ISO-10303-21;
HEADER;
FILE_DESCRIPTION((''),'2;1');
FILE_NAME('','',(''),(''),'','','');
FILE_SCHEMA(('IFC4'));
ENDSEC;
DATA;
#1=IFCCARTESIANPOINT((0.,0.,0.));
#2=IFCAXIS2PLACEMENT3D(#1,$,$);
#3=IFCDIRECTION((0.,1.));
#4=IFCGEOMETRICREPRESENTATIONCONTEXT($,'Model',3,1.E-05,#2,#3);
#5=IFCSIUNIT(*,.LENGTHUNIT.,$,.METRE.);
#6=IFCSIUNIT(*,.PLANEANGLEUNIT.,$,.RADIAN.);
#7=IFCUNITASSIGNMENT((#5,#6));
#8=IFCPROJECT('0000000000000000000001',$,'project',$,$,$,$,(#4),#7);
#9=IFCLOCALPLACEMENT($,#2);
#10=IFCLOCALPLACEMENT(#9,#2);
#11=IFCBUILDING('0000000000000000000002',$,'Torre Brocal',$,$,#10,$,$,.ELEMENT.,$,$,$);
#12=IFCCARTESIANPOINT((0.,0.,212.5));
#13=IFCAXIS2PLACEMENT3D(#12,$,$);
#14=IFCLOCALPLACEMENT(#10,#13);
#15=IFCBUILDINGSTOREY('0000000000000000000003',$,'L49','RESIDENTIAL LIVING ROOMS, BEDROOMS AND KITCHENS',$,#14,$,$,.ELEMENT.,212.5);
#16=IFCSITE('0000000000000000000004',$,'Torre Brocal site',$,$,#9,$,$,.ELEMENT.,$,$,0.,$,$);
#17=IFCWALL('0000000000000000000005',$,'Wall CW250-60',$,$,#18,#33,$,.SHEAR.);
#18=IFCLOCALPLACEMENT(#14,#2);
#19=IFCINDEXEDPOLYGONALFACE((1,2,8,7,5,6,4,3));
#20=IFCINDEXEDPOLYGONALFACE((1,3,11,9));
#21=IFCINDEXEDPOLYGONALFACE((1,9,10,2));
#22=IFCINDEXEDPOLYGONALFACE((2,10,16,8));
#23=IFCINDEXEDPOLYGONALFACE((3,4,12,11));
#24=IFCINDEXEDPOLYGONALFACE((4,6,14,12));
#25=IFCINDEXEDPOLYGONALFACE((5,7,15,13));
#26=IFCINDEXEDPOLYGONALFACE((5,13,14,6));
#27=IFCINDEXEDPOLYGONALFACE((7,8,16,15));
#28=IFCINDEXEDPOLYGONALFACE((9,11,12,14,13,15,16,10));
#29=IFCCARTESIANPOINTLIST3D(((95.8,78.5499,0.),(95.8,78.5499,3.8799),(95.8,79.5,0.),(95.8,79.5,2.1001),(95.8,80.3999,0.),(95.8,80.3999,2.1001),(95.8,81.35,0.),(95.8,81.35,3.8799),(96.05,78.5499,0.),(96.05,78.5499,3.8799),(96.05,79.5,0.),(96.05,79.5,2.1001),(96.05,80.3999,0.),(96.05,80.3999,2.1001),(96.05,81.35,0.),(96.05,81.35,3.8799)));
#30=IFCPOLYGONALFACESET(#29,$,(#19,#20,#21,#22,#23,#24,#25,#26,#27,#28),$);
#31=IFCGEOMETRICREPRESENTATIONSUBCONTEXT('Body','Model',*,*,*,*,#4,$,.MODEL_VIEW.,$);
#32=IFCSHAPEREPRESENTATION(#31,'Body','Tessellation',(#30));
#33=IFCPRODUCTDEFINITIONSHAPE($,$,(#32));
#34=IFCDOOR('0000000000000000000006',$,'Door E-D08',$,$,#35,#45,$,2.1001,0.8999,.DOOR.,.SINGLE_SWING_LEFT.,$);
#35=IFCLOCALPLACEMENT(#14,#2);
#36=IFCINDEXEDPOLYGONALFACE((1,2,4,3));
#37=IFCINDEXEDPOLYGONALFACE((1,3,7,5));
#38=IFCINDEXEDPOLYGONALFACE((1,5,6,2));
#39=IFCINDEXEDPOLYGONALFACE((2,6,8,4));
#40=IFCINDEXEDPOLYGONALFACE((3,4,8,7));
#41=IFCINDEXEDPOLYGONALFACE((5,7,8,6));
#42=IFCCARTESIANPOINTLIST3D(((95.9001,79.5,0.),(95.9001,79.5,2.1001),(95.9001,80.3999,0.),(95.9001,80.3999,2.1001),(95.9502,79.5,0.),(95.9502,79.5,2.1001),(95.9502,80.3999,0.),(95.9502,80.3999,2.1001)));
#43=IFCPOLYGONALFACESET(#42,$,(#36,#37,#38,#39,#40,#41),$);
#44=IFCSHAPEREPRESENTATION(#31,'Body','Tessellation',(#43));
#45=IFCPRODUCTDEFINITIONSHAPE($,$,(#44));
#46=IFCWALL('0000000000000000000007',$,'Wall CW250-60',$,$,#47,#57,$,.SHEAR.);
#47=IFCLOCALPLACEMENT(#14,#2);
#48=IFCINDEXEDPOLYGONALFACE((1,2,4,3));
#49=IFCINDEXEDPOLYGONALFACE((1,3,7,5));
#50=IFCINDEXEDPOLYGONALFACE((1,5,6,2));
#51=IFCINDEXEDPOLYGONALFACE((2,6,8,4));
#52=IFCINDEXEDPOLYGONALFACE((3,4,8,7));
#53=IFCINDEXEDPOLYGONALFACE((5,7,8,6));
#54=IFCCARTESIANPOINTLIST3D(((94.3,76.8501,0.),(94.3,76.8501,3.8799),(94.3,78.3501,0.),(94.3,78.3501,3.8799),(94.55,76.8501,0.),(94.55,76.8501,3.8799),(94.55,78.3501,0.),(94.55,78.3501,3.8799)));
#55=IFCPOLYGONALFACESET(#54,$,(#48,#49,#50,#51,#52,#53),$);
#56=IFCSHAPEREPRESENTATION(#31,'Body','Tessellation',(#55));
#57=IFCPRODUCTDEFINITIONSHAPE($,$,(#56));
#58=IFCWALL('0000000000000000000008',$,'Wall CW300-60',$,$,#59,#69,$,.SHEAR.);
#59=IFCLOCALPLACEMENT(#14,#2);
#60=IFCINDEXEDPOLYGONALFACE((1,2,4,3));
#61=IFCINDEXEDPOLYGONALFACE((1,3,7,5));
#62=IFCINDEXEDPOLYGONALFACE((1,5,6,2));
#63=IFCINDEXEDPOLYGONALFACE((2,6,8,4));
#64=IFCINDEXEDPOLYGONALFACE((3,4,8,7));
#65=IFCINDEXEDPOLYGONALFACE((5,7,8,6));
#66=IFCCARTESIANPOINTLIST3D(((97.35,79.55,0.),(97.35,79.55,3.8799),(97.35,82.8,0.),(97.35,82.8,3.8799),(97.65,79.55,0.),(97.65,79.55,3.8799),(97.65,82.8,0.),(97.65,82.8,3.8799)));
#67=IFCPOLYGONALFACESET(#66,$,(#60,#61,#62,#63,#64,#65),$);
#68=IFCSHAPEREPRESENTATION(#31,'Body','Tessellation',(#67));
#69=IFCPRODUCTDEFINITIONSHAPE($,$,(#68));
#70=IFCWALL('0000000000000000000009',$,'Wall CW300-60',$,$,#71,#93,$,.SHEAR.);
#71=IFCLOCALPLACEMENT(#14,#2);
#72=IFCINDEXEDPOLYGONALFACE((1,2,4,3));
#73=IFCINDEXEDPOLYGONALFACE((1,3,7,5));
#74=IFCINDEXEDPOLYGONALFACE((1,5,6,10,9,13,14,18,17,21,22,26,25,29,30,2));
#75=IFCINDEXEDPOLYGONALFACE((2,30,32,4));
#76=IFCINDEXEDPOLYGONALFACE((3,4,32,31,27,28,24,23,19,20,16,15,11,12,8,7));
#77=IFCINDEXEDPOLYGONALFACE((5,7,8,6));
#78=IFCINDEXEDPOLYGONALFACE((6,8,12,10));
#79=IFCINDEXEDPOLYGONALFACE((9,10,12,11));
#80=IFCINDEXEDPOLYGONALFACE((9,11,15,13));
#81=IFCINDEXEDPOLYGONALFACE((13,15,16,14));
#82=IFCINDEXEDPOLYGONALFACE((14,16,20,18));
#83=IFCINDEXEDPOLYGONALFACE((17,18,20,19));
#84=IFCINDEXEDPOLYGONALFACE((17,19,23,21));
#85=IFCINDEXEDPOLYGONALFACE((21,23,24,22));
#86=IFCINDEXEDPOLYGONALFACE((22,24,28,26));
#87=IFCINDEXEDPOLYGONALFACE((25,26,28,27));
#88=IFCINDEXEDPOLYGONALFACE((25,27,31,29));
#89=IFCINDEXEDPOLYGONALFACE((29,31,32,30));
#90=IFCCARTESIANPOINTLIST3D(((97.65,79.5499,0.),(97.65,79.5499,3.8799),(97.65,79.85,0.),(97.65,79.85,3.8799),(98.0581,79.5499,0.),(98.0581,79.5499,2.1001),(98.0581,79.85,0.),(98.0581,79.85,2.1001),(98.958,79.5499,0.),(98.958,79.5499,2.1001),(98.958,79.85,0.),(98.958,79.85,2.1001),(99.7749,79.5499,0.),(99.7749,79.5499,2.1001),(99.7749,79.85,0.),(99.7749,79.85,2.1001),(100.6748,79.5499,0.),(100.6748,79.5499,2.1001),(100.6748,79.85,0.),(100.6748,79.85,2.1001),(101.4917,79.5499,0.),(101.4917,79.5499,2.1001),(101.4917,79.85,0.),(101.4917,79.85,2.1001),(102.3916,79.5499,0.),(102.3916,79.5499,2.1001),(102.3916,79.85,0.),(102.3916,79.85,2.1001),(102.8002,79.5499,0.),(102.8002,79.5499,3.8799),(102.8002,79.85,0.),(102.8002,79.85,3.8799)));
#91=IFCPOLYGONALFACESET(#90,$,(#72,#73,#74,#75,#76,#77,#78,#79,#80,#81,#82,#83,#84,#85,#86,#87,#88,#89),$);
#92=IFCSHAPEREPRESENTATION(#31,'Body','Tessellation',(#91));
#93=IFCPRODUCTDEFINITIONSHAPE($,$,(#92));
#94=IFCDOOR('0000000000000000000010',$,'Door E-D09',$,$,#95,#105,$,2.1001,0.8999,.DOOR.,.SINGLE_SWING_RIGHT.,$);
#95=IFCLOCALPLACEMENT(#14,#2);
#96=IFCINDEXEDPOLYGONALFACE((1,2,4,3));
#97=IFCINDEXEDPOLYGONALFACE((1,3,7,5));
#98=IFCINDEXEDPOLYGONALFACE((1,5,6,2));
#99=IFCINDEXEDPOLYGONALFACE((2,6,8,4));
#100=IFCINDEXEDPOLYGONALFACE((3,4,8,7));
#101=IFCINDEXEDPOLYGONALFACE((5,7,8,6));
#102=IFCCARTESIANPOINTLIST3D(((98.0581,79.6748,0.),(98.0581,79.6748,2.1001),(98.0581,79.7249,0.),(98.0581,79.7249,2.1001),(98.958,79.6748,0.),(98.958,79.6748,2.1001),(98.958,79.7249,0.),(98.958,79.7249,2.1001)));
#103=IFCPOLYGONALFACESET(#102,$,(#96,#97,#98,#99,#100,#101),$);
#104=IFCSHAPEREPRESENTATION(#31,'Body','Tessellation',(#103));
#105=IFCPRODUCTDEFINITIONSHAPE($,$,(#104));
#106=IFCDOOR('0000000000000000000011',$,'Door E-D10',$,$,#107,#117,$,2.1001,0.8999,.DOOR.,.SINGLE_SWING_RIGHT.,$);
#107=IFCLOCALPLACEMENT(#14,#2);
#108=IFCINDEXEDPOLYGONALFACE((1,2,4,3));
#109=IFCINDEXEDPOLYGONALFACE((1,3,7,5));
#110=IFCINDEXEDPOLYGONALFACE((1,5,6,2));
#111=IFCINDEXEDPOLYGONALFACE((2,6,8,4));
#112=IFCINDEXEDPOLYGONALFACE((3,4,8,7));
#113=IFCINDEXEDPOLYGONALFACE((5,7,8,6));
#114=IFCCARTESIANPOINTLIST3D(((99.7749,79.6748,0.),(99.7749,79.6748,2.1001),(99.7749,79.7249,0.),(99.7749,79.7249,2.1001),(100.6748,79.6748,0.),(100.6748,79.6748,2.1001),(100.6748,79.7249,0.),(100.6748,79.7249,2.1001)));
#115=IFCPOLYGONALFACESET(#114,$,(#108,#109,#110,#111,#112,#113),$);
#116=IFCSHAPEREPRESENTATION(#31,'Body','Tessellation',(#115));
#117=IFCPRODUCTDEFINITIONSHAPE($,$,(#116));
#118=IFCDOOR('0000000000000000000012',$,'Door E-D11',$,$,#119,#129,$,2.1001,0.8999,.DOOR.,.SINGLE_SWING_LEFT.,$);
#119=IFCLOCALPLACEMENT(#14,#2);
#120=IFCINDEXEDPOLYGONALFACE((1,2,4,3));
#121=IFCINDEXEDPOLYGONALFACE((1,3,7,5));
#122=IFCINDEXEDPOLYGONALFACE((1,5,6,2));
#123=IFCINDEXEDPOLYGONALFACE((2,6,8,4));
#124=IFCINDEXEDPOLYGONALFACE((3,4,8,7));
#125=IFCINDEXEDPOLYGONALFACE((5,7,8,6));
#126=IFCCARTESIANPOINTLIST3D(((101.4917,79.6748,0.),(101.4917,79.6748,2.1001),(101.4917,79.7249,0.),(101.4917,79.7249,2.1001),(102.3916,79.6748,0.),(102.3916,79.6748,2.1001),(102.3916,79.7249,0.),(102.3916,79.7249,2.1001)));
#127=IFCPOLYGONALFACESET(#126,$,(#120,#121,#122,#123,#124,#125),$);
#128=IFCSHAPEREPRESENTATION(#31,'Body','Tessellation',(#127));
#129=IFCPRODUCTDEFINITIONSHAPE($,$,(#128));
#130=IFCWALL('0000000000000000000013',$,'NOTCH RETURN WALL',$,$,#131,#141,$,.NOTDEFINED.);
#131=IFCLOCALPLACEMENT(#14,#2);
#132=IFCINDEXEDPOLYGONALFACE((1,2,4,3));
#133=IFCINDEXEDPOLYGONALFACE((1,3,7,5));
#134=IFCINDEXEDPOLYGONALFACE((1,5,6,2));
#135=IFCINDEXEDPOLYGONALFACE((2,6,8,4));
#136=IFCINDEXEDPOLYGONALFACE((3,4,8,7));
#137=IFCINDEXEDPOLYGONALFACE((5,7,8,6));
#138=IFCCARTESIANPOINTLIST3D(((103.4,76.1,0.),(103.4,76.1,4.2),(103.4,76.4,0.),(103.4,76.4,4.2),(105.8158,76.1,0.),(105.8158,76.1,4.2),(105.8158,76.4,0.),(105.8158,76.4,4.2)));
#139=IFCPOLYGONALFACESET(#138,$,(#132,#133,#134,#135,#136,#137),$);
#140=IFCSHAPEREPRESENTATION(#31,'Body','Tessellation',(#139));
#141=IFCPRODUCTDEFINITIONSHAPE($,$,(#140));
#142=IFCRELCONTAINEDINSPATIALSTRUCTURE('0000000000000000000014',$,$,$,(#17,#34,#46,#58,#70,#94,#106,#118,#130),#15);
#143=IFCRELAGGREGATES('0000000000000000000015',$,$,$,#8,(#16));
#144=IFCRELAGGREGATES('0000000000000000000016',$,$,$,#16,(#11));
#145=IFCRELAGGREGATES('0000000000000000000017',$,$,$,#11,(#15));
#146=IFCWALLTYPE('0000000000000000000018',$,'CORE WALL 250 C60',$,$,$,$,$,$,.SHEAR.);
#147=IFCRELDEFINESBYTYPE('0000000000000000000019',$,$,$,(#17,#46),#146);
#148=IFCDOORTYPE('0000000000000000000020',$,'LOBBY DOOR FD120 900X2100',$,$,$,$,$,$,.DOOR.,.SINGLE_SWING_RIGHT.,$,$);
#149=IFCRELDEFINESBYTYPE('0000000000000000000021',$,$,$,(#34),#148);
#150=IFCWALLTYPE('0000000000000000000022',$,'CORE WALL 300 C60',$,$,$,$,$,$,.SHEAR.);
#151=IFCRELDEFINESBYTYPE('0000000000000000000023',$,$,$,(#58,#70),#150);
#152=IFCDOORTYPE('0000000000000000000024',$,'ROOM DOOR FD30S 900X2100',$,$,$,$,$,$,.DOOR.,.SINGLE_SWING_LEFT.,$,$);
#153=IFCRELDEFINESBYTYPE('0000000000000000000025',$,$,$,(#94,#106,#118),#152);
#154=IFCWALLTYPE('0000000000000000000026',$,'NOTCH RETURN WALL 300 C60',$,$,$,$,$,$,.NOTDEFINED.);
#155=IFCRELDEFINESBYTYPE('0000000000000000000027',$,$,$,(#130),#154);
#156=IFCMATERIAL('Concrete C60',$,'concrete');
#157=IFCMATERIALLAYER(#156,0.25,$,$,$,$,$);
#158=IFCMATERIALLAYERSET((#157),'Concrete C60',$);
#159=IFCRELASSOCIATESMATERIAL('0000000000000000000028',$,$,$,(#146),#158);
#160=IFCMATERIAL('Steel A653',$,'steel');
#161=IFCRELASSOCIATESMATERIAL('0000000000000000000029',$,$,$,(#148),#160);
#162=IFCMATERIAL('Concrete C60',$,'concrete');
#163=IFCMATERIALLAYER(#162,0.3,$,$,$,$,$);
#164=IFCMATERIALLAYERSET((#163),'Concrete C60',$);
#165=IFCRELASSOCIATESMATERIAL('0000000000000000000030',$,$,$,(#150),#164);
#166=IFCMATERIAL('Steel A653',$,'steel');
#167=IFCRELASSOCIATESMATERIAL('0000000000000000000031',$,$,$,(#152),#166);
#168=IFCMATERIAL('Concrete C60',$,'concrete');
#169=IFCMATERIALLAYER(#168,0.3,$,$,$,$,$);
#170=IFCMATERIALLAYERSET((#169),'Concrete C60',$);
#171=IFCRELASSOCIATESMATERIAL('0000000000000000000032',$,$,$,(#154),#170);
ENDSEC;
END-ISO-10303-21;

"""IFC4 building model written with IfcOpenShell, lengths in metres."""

from ifc_helpers import new_model, si_unit, direction, frame, frame_2d, origin, place, context, subcontext, project, spatial, rectangle, extrude, material, layer, layer_set, type_object, element, fill, save


model = new_model("IFC4")

# Units and contexts
model_context = context("Model", 3, precision=1e-05, world=origin(), true_north=direction((0.0, 1.0)))
body_context = subcontext(model_context, "Body", "Model", "MODEL_VIEW")
ifc_project = project(units=[si_unit("LENGTHUNIT", "METRE"), si_unit("PLANEANGLEUNIT", "RADIAN")], contexts=[model_context])

# Site, building, storey
site_placement = place(None, origin())
site = spatial("IfcSite", under=ifc_project, at=site_placement, Name="Torre Brocal site", CompositionType="ELEMENT", RefElevation=0.0)
building_placement = place(site_placement, origin())
building = spatial("IfcBuilding", under=site, at=building_placement, Name="Torre Brocal", CompositionType="ELEMENT")
storey_placement = place(building_placement, frame((0.0, 0.0, 212.5)))
storey = spatial("IfcBuildingStorey", under=building, at=storey_placement, Name="L49", Description="RESIDENTIAL LIVING ROOMS, BEDROOMS AND KITCHENS", CompositionType="ELEMENT", Elevation=212.5)

# Wall, opening, door
ifc_material_1 = material(Name="Concrete C60", Category="concrete")
ifc_layer_1 = layer(ifc_material_1, 0.25)
ifc_layer_set_1 = layer_set([ifc_layer_1], Name="Concrete C60")
wall_type_1 = type_object("IfcWallType", Name="CORE WALL 250 C60", PredefinedType="SHEAR", material=ifc_layer_set_1)
wall_1_placement = place(storey_placement, frame((95.925, 78.55, 0.0), z_axis=(0.0, 0.0, 1.0), x_axis=(0.0, 1.0, 0.0)))
wall_1 = element("IfcWall", 1, at=wall_1_placement, inside=storey, type_object=wall_type_1, Name="Wall CW250-60", PredefinedType="SHEAR", context=body_context, shape_type="SweptSolid", body=[
    extrude(rectangle(XDim=2.8, YDim=0.25, at=frame_2d((1.3999, 0.0))), origin(), (0.0, 0.0, 1.0), 3.8799),
])
opening_1_placement = place(wall_1_placement, frame((0.95, 0.0, 0.0)))
opening_1 = element("IfcOpeningElement", 2, at=opening_1_placement, cuts=wall_1, PredefinedType="OPENING", context=body_context, shape_type="SweptSolid", body=[
    extrude(rectangle(XDim=0.8999, YDim=2.1001, at=frame_2d((0.45, 1.05))), frame((0.0, 0.135, 0.0), z_axis=(0.0, -1.0, 0.0), x_axis=(1.0, 0.0, 0.0)), (0.0, 0.0, 1.0), 0.27),
])
ifc_material_2 = material(Name="Steel A653", Category="steel")
door_type_1 = type_object("IfcDoorType", Name="LOBBY DOOR FD120 900X2100", OperationType="SINGLE_SWING_RIGHT", PredefinedType="DOOR", material=ifc_material_2)
door_1_placement = place(opening_1_placement, origin())
door_1 = element("IfcDoor", 3, at=door_1_placement, inside=storey, type_object=door_type_1, Name="Door E-D08", OperationType="SINGLE_SWING_LEFT", OverallHeight=2.1001, OverallWidth=0.8999, PredefinedType="DOOR", context=body_context, shape_type="SweptSolid", body=[
    extrude(rectangle(XDim=0.8999, YDim=2.1001, at=frame_2d((0.45, 1.05))), frame((0.0, 0.0249, 0.0), z_axis=(0.0, -1.0, 0.0), x_axis=(1.0, 0.0, 0.0)), (0.0, 0.0, 1.0), 0.05),
])
fill(opening_1, door_1)

# Walls
wall_2_placement = place(storey_placement, frame((94.425, 76.8501, 0.0), z_axis=(0.0, 0.0, 1.0), x_axis=(0.0, 1.0, 0.0)))
element("IfcWall", 4, at=wall_2_placement, inside=storey, type_object=wall_type_1, Name="Wall CW250-60", PredefinedType="SHEAR", context=body_context, shape_type="SweptSolid", body=[
    extrude(rectangle(XDim=1.5, YDim=0.25, at=frame_2d((0.75, 0.0))), origin(), (0.0, 0.0, 1.0), 3.8799),
])
ifc_material_3 = material(Name="Concrete C60", Category="concrete")
ifc_layer_2 = layer(ifc_material_3, 0.3)
ifc_layer_set_2 = layer_set([ifc_layer_2], Name="Concrete C60")
wall_type_2 = type_object("IfcWallType", Name="CORE WALL 300 C60", PredefinedType="SHEAR", material=ifc_layer_set_2)
wall_3_placement = place(storey_placement, frame((97.5, 79.55, 0.0), z_axis=(0.0, 0.0, 1.0), x_axis=(0.0, 1.0, 0.0)))
element("IfcWall", 5, at=wall_3_placement, inside=storey, type_object=wall_type_2, Name="Wall CW300-60", PredefinedType="SHEAR", context=body_context, shape_type="SweptSolid", body=[
    extrude(rectangle(XDim=3.25, YDim=0.3, at=frame_2d((1.625, 0.0))), origin(), (0.0, 0.0, 1.0), 3.8799),
])

# Wall, openings, doors
wall_4_placement = place(storey_placement, frame((97.6499, 79.7, 0.0), z_axis=(0.0, 0.0, 1.0), x_axis=(1.0, 0.0, 0.0)))
wall_4 = element("IfcWall", 6, at=wall_4_placement, inside=storey, type_object=wall_type_2, Name="Wall CW300-60", PredefinedType="SHEAR", context=body_context, shape_type="SweptSolid", body=[
    extrude(rectangle(XDim=5.1501, YDim=0.3, at=frame_2d((2.5752, 0.0))), origin(), (0.0, 0.0, 1.0), 3.8799),
])
opening_2_placement = place(wall_4_placement, frame((0.4082, 0.0, 0.0)))
opening_2 = element("IfcOpeningElement", 7, at=opening_2_placement, cuts=wall_4, PredefinedType="OPENING", context=body_context, shape_type="SweptSolid", body=[
    extrude(rectangle(XDim=0.8999, YDim=2.1001, at=frame_2d((0.45, 1.05))), frame((0.0, 0.1599, 0.0), z_axis=(0.0, -1.0, 0.0), x_axis=(1.0, 0.0, 0.0)), (0.0, 0.0, 1.0), 0.3201),
])
opening_3_placement = place(wall_4_placement, frame((2.125, 0.0, 0.0)))
opening_3 = element("IfcOpeningElement", 8, at=opening_3_placement, cuts=wall_4, PredefinedType="OPENING", context=body_context, shape_type="SweptSolid", body=[
    extrude(rectangle(XDim=0.8999, YDim=2.1001, at=frame_2d((0.45, 1.05))), frame((0.0, 0.1599, 0.0), z_axis=(0.0, -1.0, 0.0), x_axis=(1.0, 0.0, 0.0)), (0.0, 0.0, 1.0), 0.3201),
])
opening_4_placement = place(wall_4_placement, frame((3.8418, 0.0, 0.0)))
opening_4 = element("IfcOpeningElement", 9, at=opening_4_placement, cuts=wall_4, PredefinedType="OPENING", context=body_context, shape_type="SweptSolid", body=[
    extrude(rectangle(XDim=0.8999, YDim=2.1001, at=frame_2d((0.45, 1.05))), frame((0.0, 0.1599, 0.0), z_axis=(0.0, -1.0, 0.0), x_axis=(1.0, 0.0, 0.0)), (0.0, 0.0, 1.0), 0.3201),
])
ifc_material_4 = material(Name="Steel A653", Category="steel")
door_type_2 = type_object("IfcDoorType", Name="ROOM DOOR FD30S 900X2100", OperationType="SINGLE_SWING_LEFT", PredefinedType="DOOR", material=ifc_material_4)
door_2_placement = place(opening_2_placement, origin())
door_2 = element("IfcDoor", 10, at=door_2_placement, inside=storey, type_object=door_type_2, Name="Door E-D09", OperationType="SINGLE_SWING_RIGHT", OverallHeight=2.1001, OverallWidth=0.8999, PredefinedType="DOOR", context=body_context, shape_type="SweptSolid", body=[
    extrude(rectangle(XDim=0.8999, YDim=2.1001, at=frame_2d((0.45, 1.05))), frame((0.0, 0.0249, 0.0), z_axis=(0.0, -1.0, 0.0), x_axis=(1.0, 0.0, 0.0)), (0.0, 0.0, 1.0), 0.05),
])
fill(opening_2, door_2)
door_3_placement = place(opening_3_placement, origin())
door_3 = element("IfcDoor", 11, at=door_3_placement, inside=storey, type_object=door_type_2, Name="Door E-D10", OperationType="SINGLE_SWING_RIGHT", OverallHeight=2.1001, OverallWidth=0.8999, PredefinedType="DOOR", context=body_context, shape_type="SweptSolid", body=[
    extrude(rectangle(XDim=0.8999, YDim=2.1001, at=frame_2d((0.45, 1.05))), frame((0.0, 0.0249, 0.0), z_axis=(0.0, -1.0, 0.0), x_axis=(1.0, 0.0, 0.0)), (0.0, 0.0, 1.0), 0.05),
])
fill(opening_3, door_3)
door_4_placement = place(opening_4_placement, origin())
door_4 = element("IfcDoor", 12, at=door_4_placement, inside=storey, type_object=door_type_2, Name="Door E-D11", OperationType="SINGLE_SWING_LEFT", OverallHeight=2.1001, OverallWidth=0.8999, PredefinedType="DOOR", context=body_context, shape_type="SweptSolid", body=[
    extrude(rectangle(XDim=0.8999, YDim=2.1001, at=frame_2d((0.45, 1.05))), frame((0.0, 0.0249, 0.0), z_axis=(0.0, -1.0, 0.0), x_axis=(1.0, 0.0, 0.0)), (0.0, 0.0, 1.0), 0.05),
])
fill(opening_4, door_4)

# Wall
ifc_material_5 = material(Name="Concrete C60", Category="concrete")
ifc_layer_3 = layer(ifc_material_5, 0.3)
ifc_layer_set_3 = layer_set([ifc_layer_3], Name="Concrete C60")
wall_type_3 = type_object("IfcWallType", Name="NOTCH RETURN WALL 300 C60", PredefinedType="NOTDEFINED", material=ifc_layer_set_3)
wall_5_placement = place(storey_placement, frame((103.3999, 76.25, 0.0), z_axis=(0.0, 0.0, 1.0), x_axis=(1.0, 0.0, 0.0)))
element("IfcWall", 13, at=wall_5_placement, inside=storey, type_object=wall_type_3, Name="NOTCH RETURN WALL", PredefinedType="NOTDEFINED", context=body_context, shape_type="SweptSolid", body=[
    extrude(rectangle(XDim=2.4158, YDim=0.3, at=frame_2d((1.208, 0.0))), origin(), (0.0, 0.0, 1.0), 4.2),
])

save(model, "model.ifc")
